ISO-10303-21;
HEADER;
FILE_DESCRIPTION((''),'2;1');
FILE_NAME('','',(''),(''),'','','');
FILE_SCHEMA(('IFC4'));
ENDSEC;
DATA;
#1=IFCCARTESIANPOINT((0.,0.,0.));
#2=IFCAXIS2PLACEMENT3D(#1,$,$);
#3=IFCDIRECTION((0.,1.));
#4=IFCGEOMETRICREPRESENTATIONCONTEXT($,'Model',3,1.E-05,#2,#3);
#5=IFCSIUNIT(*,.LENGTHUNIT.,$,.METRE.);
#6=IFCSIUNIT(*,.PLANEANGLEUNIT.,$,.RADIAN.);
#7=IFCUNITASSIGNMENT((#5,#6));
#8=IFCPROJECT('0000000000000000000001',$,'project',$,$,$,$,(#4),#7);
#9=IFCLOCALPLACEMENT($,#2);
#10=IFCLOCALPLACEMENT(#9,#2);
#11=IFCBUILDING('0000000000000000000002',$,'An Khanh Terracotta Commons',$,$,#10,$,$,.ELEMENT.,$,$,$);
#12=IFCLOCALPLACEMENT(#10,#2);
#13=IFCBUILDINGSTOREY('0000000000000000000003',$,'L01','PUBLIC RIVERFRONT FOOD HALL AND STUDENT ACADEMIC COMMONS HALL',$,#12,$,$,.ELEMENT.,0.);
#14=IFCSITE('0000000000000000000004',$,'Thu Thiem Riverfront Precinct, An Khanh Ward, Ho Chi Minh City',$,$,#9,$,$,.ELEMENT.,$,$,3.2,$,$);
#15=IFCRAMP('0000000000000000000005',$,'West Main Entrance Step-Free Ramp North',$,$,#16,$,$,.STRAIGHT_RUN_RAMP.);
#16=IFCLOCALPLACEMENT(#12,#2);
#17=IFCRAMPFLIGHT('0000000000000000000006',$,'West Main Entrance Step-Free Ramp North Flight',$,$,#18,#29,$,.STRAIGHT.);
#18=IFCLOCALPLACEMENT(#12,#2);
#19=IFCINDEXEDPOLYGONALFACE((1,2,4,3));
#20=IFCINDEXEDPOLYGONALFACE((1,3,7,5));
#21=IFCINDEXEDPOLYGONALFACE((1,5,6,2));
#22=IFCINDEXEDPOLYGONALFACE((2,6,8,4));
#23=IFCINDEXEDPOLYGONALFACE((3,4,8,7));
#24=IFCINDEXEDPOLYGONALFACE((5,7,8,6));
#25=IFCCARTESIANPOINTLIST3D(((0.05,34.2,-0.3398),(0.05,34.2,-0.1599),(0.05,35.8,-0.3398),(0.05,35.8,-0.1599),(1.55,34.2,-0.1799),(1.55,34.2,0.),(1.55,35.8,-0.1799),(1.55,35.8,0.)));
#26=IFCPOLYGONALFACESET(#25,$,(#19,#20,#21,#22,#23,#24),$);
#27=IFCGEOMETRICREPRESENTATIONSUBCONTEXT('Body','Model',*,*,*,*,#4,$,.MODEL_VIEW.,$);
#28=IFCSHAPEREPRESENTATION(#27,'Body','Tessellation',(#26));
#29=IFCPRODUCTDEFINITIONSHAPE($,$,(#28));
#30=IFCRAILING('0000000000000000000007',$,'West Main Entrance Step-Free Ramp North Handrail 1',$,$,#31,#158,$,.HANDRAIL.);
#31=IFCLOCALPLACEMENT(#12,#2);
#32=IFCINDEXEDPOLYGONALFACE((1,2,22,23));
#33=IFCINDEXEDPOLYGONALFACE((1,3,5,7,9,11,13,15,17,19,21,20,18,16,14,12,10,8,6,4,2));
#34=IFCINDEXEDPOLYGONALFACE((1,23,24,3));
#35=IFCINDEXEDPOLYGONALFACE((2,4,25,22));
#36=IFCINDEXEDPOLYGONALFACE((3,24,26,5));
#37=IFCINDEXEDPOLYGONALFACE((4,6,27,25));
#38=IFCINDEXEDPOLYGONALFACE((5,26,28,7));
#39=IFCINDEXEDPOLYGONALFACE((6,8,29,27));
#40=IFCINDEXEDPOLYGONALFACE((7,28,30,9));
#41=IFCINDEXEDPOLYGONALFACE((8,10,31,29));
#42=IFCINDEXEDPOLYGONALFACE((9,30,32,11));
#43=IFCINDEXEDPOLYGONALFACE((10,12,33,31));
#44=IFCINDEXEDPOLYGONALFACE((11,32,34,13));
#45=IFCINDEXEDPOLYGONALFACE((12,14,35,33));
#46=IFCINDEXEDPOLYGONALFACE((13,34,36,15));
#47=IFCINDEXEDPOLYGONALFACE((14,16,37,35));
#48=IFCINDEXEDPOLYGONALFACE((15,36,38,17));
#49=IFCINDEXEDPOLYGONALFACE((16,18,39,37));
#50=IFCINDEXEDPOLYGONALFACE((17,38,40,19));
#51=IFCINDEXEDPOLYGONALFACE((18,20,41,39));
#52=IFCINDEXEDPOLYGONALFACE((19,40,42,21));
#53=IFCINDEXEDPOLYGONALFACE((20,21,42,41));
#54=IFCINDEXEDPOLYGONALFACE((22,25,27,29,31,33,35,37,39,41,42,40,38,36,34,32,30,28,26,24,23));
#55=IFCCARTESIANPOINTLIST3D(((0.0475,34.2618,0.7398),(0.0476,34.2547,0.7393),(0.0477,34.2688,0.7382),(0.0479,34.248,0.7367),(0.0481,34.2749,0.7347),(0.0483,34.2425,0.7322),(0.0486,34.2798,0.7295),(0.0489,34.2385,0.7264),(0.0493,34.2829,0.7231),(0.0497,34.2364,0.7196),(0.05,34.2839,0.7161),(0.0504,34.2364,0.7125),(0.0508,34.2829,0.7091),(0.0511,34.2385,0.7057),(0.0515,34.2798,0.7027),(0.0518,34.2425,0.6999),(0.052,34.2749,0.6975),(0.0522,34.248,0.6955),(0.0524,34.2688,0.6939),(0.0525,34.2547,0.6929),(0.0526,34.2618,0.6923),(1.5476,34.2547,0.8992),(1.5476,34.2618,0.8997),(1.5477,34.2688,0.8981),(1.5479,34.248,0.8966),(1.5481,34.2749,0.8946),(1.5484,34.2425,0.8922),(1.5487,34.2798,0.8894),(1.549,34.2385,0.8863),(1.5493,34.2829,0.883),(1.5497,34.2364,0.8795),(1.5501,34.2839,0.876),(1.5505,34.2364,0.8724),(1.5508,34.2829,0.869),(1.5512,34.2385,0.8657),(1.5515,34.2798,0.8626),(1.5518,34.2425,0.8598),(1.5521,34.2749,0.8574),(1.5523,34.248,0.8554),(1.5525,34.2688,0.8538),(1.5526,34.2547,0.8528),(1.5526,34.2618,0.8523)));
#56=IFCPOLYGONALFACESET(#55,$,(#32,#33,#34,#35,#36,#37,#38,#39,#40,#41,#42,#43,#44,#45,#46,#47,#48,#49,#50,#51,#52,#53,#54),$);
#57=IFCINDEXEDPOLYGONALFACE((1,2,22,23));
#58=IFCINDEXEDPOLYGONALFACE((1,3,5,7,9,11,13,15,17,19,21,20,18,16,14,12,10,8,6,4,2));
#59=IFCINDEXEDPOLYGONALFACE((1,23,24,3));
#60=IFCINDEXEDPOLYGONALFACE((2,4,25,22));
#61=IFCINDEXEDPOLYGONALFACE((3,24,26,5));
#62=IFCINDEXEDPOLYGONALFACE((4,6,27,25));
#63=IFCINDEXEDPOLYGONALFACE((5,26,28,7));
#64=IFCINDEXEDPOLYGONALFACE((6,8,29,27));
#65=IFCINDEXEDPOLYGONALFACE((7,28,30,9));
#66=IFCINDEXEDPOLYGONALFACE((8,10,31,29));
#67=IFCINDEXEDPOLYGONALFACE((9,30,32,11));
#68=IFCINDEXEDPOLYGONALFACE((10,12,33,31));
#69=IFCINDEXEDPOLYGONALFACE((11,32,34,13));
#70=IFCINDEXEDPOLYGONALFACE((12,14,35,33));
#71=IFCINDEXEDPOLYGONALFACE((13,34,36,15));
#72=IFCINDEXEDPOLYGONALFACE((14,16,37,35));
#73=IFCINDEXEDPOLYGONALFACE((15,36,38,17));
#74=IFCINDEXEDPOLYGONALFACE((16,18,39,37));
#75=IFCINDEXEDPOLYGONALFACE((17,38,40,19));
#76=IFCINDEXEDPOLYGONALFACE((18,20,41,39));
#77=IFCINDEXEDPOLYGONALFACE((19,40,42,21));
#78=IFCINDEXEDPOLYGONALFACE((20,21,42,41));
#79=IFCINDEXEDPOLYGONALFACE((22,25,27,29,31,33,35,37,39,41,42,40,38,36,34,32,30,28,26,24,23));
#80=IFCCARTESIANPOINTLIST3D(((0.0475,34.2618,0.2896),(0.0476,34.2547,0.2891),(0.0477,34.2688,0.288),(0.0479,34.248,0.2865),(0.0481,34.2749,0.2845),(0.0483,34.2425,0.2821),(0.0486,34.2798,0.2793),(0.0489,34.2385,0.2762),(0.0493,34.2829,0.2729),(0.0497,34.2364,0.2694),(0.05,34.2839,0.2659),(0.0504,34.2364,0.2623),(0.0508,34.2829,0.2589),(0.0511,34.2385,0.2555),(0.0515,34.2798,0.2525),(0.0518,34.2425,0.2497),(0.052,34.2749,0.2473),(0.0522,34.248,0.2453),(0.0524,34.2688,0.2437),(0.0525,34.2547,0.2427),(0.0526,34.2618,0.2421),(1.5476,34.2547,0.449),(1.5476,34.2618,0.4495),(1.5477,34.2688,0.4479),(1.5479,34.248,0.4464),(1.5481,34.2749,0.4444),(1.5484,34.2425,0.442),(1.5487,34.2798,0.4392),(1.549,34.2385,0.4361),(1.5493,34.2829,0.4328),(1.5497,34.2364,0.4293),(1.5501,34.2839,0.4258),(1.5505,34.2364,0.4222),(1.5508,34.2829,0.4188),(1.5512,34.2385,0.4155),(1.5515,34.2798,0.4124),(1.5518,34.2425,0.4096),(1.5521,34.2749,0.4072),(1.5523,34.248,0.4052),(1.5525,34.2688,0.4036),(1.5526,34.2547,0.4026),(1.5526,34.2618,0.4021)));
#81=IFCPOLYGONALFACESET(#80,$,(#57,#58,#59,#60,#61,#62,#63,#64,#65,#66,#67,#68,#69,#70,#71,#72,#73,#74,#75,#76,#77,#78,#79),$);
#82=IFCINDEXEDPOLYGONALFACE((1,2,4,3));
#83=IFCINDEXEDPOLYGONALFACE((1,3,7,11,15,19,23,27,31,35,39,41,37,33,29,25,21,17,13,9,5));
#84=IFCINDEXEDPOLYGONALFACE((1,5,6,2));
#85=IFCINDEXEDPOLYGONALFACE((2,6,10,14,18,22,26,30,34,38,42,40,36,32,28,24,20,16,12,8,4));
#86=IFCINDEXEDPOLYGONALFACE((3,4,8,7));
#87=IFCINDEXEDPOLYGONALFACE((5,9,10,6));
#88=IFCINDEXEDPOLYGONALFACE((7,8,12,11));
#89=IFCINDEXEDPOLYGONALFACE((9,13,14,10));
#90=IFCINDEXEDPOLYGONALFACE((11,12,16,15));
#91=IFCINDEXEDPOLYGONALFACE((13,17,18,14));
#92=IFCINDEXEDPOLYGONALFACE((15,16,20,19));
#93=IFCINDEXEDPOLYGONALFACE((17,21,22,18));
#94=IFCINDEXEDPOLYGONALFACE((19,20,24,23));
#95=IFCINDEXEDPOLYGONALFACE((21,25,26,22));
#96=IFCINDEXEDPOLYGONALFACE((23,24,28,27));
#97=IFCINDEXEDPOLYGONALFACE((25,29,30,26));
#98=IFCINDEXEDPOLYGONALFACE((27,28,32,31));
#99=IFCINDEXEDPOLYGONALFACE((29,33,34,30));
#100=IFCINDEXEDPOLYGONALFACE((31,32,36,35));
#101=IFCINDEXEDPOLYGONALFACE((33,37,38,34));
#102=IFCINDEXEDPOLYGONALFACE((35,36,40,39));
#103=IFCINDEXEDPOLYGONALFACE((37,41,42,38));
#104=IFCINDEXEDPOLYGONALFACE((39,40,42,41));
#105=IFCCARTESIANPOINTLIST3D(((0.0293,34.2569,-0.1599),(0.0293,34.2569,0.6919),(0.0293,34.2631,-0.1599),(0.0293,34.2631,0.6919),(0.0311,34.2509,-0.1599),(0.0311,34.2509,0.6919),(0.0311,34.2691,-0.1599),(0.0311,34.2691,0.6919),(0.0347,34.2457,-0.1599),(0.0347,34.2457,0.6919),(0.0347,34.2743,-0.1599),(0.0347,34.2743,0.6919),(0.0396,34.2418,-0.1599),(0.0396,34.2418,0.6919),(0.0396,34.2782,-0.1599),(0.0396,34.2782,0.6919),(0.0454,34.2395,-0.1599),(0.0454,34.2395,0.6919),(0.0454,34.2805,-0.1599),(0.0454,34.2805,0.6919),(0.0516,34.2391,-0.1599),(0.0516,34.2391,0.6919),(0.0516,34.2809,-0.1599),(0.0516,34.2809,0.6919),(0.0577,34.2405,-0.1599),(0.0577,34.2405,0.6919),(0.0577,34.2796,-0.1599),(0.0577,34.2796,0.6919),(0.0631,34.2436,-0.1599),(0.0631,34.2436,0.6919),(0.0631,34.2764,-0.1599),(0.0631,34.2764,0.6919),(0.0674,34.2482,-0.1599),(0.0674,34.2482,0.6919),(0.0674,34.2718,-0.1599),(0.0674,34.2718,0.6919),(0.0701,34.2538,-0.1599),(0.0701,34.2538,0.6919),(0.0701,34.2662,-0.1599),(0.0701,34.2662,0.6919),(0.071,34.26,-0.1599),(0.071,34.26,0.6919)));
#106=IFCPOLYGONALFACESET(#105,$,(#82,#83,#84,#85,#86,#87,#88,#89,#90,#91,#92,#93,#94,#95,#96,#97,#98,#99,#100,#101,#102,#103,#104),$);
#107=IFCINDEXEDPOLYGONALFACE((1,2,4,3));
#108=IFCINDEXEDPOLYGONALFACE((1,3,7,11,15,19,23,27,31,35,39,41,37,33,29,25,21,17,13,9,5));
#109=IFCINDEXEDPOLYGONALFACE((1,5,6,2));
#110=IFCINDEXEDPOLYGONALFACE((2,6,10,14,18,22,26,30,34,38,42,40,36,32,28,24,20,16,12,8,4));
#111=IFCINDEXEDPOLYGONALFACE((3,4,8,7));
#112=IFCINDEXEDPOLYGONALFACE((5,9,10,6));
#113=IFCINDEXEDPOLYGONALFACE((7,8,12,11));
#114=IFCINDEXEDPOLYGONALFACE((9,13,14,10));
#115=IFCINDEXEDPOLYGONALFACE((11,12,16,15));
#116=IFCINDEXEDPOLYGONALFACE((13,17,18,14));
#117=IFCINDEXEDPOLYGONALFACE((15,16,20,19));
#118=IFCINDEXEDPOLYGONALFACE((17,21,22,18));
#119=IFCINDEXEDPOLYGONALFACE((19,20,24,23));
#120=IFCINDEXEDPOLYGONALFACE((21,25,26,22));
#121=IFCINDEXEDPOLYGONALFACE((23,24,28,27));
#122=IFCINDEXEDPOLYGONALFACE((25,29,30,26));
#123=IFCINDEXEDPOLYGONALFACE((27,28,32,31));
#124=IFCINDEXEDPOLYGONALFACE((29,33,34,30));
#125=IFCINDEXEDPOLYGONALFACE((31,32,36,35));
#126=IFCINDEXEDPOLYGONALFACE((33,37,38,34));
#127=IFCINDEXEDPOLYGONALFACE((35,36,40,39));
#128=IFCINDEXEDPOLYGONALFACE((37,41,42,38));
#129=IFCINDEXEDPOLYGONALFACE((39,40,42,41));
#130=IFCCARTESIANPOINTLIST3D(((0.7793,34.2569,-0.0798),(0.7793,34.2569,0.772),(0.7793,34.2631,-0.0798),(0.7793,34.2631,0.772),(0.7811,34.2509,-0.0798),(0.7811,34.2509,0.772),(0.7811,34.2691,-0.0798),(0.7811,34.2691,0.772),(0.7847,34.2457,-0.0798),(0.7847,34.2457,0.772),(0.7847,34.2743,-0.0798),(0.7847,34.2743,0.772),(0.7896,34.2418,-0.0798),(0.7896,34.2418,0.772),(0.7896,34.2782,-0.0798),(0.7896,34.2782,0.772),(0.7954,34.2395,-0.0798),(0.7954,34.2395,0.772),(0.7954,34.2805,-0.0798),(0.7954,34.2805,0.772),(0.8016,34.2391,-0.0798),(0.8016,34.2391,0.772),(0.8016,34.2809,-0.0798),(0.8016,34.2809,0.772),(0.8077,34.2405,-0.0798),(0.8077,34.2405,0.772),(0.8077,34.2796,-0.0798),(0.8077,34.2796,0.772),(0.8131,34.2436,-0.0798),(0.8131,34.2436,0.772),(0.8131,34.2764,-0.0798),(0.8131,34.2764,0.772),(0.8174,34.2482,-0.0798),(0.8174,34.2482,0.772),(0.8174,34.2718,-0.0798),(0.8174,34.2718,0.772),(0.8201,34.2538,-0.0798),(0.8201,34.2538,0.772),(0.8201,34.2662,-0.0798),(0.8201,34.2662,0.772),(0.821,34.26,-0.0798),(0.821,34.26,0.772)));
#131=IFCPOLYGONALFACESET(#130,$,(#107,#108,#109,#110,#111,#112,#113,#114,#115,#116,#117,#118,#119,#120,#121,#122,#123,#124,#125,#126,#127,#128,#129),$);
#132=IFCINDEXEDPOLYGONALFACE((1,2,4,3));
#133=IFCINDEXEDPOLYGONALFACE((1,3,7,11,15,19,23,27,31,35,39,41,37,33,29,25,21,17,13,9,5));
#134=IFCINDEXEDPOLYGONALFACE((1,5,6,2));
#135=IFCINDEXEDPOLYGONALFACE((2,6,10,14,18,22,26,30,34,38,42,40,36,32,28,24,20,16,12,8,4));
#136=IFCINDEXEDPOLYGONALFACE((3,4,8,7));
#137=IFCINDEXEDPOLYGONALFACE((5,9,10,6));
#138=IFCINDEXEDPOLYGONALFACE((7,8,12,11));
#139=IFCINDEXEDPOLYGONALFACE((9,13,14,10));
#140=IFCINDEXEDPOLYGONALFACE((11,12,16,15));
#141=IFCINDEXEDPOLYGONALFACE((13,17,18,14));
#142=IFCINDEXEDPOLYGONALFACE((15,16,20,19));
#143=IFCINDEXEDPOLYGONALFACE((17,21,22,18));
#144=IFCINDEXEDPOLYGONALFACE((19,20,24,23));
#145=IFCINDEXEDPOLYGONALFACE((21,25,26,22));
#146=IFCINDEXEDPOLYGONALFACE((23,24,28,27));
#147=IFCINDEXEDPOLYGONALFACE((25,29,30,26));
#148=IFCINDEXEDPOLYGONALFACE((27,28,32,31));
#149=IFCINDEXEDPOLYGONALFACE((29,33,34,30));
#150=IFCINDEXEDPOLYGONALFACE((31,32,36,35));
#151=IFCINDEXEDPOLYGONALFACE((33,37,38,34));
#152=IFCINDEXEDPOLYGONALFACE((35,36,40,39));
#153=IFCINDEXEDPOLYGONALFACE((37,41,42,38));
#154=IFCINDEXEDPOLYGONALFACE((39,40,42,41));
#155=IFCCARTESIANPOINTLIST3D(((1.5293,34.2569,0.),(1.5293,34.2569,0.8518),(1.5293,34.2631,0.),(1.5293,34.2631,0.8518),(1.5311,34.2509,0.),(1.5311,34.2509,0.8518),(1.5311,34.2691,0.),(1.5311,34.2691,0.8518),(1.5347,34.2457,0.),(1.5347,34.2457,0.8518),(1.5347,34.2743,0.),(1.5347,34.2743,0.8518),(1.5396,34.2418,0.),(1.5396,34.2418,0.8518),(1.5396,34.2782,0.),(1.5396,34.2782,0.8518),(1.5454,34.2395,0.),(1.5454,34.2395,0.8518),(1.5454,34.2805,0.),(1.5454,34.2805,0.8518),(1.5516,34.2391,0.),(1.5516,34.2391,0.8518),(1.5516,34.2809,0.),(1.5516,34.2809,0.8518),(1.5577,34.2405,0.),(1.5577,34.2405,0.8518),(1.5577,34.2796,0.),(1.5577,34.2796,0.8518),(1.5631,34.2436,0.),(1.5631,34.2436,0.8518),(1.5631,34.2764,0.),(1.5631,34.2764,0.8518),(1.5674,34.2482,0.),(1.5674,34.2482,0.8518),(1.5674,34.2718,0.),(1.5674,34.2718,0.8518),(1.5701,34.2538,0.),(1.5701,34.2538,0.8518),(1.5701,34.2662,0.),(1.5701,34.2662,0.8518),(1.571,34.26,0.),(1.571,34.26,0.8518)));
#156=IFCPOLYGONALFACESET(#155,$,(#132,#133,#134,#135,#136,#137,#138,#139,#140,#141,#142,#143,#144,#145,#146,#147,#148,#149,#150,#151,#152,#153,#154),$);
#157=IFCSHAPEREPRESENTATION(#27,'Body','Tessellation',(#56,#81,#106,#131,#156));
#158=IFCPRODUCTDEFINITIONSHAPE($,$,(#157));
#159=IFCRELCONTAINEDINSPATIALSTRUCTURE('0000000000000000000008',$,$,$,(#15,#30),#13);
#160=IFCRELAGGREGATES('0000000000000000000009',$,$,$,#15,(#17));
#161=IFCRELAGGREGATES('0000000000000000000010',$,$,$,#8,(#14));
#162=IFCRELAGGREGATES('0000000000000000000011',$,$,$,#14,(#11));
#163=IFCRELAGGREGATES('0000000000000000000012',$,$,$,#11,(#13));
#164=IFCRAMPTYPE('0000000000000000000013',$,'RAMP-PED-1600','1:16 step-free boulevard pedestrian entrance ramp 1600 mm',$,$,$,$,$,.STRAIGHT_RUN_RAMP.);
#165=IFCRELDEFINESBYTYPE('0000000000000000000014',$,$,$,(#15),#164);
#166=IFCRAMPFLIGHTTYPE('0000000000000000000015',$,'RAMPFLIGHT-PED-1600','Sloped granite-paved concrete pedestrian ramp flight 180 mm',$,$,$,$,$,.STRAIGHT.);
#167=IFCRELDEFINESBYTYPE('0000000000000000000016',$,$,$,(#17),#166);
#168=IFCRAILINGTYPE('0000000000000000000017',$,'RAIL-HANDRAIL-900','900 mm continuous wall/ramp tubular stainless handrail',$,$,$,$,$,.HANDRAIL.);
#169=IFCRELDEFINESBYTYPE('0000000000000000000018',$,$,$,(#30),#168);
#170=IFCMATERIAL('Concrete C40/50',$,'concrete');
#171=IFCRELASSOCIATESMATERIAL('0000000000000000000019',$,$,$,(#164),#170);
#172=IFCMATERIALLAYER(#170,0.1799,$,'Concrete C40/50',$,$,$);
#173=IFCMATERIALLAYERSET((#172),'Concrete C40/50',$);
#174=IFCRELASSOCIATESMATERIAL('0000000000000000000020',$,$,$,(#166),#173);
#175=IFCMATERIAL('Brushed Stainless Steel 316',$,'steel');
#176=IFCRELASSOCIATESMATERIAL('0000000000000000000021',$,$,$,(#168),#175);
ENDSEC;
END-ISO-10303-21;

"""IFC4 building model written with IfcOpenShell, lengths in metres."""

from ifc_helpers import new_model, si_unit, direction, frame, origin, origin_2d, place, context, subcontext, project, spatial, polyline, circle, outline, extrude, material, layer, layer_set, type_object, element, aggregate, save


model = new_model("IFC4")

# Units and contexts
model_context = context("Model", 3, precision=1e-05, world=origin(), true_north=direction((0.0, 1.0)))
body_context = subcontext(model_context, "Body", "Model", "MODEL_VIEW")
ifc_project = project(units=[si_unit("LENGTHUNIT", "METRE"), si_unit("PLANEANGLEUNIT", "RADIAN")], contexts=[model_context])

# Site, building, storey
site_placement = place(None, origin())
site = spatial("IfcSite", under=ifc_project, at=site_placement, Name="Thu Thiem Riverfront Precinct, An Khanh Ward, Ho Chi Minh City", CompositionType="ELEMENT", RefElevation=3.2)
building_placement = place(site_placement, origin())
building = spatial("IfcBuilding", under=site, at=building_placement, Name="An Khanh Terracotta Commons", CompositionType="ELEMENT")
storey_placement = place(building_placement, origin())
storey = spatial("IfcBuildingStorey", under=building, at=storey_placement, Name="L01", Description="PUBLIC RIVERFRONT FOOD HALL AND STUDENT ACADEMIC COMMONS HALL", CompositionType="ELEMENT", Elevation=0.0)

# Ramp, ramp flight
ifc_material_1 = material(Name="Concrete C40/50", Category="concrete")
ramp_type = type_object("IfcRampType", Name="RAMP-PED-1600", Description="1:16 step-free boulevard pedestrian entrance ramp 1600 mm", PredefinedType="STRAIGHT_RUN_RAMP", material=ifc_material_1)
ramp_placement = place(storey_placement, origin())
ramp = element("IfcRamp", 1, at=ramp_placement, inside=storey, type_object=ramp_type, Name="West Main Entrance Step-Free Ramp North", PredefinedType="STRAIGHT_RUN_RAMP")
ifc_layer_1 = layer(ifc_material_1, 0.1799, Name="Concrete C40/50")
ifc_layer_set_1 = layer_set([ifc_layer_1], Name="Concrete C40/50")
ramp_flight_type = type_object("IfcRampFlightType", Name="RAMPFLIGHT-PED-1600", Description="Sloped granite-paved concrete pedestrian ramp flight 180 mm", PredefinedType="STRAIGHT", material=ifc_layer_set_1)
ramp_flight_placement = place(storey_placement, frame((0.05, 35.0, -0.1599), z_axis=(0.0, 0.0, 1.0), x_axis=(1.0, 0.0, 0.0)))
ramp_flight = element("IfcRampFlight", 2, at=ramp_flight_placement, type_object=ramp_flight_type, Name="West Main Entrance Step-Free Ramp North Flight", PredefinedType="STRAIGHT", context=body_context, shape_type="SweptSolid", body=[
    extrude(outline(polyline([(0.0, 0.0), (1.5, 0.1599), (1.5, -0.02), (0.0, -0.1799), (0.0, 0.0)])), frame((0.0, 0.8, 0.0), z_axis=(0.0, -1.0, 0.0), x_axis=(1.0, 0.0, 0.0)), (0.0, 0.0, 1.0), 1.6001),
])
aggregate(ramp, [ramp_flight])

# Railing
ifc_material_2 = material(Name="Brushed Stainless Steel 316", Category="steel")
railing_type = type_object("IfcRailingType", Name="RAIL-HANDRAIL-900", Description="900 mm continuous wall/ramp tubular stainless handrail", PredefinedType="HANDRAIL", material=ifc_material_2)
for number, where, name in (
    (3, (0.05, 34.26, -0.1599), "West Main Entrance Step-Free Ramp North Handrail 1"),
):
    element("IfcRailing", number, at=place(storey_placement, frame(where)), inside=storey, type_object=railing_type, Name=name, PredefinedType="HANDRAIL", context=body_context, shape_type="SweptSolid", body=[
        extrude(circle(Radius=0.0239, at=origin_2d()), frame((0.0, 0.0, 0.876), z_axis=(0.994365, 0.0, 0.106007), x_axis=(0.0, 1.0, 0.0)), (0.0, 0.0, 1.0), 1.5085),
        extrude(circle(Radius=0.0239, at=origin_2d()), frame((0.0, 0.0, 0.4258), z_axis=(0.994365, 0.0, 0.106007), x_axis=(0.0, 1.0, 0.0)), (0.0, 0.0, 1.0), 1.5085),
        extrude(circle(Radius=0.021, at=origin_2d()), origin(), (0.0, 0.0, 1.0), 0.8518),
        extrude(circle(Radius=0.021, at=origin_2d()), frame((0.75, 0.0, 0.0801)), (0.0, 0.0, 1.0), 0.8518),
        extrude(circle(Radius=0.021, at=origin_2d()), frame((1.5, 0.0, 0.1599)), (0.0, 0.0, 1.0), 0.8518),
    ])

save(model, "model.ifc")
